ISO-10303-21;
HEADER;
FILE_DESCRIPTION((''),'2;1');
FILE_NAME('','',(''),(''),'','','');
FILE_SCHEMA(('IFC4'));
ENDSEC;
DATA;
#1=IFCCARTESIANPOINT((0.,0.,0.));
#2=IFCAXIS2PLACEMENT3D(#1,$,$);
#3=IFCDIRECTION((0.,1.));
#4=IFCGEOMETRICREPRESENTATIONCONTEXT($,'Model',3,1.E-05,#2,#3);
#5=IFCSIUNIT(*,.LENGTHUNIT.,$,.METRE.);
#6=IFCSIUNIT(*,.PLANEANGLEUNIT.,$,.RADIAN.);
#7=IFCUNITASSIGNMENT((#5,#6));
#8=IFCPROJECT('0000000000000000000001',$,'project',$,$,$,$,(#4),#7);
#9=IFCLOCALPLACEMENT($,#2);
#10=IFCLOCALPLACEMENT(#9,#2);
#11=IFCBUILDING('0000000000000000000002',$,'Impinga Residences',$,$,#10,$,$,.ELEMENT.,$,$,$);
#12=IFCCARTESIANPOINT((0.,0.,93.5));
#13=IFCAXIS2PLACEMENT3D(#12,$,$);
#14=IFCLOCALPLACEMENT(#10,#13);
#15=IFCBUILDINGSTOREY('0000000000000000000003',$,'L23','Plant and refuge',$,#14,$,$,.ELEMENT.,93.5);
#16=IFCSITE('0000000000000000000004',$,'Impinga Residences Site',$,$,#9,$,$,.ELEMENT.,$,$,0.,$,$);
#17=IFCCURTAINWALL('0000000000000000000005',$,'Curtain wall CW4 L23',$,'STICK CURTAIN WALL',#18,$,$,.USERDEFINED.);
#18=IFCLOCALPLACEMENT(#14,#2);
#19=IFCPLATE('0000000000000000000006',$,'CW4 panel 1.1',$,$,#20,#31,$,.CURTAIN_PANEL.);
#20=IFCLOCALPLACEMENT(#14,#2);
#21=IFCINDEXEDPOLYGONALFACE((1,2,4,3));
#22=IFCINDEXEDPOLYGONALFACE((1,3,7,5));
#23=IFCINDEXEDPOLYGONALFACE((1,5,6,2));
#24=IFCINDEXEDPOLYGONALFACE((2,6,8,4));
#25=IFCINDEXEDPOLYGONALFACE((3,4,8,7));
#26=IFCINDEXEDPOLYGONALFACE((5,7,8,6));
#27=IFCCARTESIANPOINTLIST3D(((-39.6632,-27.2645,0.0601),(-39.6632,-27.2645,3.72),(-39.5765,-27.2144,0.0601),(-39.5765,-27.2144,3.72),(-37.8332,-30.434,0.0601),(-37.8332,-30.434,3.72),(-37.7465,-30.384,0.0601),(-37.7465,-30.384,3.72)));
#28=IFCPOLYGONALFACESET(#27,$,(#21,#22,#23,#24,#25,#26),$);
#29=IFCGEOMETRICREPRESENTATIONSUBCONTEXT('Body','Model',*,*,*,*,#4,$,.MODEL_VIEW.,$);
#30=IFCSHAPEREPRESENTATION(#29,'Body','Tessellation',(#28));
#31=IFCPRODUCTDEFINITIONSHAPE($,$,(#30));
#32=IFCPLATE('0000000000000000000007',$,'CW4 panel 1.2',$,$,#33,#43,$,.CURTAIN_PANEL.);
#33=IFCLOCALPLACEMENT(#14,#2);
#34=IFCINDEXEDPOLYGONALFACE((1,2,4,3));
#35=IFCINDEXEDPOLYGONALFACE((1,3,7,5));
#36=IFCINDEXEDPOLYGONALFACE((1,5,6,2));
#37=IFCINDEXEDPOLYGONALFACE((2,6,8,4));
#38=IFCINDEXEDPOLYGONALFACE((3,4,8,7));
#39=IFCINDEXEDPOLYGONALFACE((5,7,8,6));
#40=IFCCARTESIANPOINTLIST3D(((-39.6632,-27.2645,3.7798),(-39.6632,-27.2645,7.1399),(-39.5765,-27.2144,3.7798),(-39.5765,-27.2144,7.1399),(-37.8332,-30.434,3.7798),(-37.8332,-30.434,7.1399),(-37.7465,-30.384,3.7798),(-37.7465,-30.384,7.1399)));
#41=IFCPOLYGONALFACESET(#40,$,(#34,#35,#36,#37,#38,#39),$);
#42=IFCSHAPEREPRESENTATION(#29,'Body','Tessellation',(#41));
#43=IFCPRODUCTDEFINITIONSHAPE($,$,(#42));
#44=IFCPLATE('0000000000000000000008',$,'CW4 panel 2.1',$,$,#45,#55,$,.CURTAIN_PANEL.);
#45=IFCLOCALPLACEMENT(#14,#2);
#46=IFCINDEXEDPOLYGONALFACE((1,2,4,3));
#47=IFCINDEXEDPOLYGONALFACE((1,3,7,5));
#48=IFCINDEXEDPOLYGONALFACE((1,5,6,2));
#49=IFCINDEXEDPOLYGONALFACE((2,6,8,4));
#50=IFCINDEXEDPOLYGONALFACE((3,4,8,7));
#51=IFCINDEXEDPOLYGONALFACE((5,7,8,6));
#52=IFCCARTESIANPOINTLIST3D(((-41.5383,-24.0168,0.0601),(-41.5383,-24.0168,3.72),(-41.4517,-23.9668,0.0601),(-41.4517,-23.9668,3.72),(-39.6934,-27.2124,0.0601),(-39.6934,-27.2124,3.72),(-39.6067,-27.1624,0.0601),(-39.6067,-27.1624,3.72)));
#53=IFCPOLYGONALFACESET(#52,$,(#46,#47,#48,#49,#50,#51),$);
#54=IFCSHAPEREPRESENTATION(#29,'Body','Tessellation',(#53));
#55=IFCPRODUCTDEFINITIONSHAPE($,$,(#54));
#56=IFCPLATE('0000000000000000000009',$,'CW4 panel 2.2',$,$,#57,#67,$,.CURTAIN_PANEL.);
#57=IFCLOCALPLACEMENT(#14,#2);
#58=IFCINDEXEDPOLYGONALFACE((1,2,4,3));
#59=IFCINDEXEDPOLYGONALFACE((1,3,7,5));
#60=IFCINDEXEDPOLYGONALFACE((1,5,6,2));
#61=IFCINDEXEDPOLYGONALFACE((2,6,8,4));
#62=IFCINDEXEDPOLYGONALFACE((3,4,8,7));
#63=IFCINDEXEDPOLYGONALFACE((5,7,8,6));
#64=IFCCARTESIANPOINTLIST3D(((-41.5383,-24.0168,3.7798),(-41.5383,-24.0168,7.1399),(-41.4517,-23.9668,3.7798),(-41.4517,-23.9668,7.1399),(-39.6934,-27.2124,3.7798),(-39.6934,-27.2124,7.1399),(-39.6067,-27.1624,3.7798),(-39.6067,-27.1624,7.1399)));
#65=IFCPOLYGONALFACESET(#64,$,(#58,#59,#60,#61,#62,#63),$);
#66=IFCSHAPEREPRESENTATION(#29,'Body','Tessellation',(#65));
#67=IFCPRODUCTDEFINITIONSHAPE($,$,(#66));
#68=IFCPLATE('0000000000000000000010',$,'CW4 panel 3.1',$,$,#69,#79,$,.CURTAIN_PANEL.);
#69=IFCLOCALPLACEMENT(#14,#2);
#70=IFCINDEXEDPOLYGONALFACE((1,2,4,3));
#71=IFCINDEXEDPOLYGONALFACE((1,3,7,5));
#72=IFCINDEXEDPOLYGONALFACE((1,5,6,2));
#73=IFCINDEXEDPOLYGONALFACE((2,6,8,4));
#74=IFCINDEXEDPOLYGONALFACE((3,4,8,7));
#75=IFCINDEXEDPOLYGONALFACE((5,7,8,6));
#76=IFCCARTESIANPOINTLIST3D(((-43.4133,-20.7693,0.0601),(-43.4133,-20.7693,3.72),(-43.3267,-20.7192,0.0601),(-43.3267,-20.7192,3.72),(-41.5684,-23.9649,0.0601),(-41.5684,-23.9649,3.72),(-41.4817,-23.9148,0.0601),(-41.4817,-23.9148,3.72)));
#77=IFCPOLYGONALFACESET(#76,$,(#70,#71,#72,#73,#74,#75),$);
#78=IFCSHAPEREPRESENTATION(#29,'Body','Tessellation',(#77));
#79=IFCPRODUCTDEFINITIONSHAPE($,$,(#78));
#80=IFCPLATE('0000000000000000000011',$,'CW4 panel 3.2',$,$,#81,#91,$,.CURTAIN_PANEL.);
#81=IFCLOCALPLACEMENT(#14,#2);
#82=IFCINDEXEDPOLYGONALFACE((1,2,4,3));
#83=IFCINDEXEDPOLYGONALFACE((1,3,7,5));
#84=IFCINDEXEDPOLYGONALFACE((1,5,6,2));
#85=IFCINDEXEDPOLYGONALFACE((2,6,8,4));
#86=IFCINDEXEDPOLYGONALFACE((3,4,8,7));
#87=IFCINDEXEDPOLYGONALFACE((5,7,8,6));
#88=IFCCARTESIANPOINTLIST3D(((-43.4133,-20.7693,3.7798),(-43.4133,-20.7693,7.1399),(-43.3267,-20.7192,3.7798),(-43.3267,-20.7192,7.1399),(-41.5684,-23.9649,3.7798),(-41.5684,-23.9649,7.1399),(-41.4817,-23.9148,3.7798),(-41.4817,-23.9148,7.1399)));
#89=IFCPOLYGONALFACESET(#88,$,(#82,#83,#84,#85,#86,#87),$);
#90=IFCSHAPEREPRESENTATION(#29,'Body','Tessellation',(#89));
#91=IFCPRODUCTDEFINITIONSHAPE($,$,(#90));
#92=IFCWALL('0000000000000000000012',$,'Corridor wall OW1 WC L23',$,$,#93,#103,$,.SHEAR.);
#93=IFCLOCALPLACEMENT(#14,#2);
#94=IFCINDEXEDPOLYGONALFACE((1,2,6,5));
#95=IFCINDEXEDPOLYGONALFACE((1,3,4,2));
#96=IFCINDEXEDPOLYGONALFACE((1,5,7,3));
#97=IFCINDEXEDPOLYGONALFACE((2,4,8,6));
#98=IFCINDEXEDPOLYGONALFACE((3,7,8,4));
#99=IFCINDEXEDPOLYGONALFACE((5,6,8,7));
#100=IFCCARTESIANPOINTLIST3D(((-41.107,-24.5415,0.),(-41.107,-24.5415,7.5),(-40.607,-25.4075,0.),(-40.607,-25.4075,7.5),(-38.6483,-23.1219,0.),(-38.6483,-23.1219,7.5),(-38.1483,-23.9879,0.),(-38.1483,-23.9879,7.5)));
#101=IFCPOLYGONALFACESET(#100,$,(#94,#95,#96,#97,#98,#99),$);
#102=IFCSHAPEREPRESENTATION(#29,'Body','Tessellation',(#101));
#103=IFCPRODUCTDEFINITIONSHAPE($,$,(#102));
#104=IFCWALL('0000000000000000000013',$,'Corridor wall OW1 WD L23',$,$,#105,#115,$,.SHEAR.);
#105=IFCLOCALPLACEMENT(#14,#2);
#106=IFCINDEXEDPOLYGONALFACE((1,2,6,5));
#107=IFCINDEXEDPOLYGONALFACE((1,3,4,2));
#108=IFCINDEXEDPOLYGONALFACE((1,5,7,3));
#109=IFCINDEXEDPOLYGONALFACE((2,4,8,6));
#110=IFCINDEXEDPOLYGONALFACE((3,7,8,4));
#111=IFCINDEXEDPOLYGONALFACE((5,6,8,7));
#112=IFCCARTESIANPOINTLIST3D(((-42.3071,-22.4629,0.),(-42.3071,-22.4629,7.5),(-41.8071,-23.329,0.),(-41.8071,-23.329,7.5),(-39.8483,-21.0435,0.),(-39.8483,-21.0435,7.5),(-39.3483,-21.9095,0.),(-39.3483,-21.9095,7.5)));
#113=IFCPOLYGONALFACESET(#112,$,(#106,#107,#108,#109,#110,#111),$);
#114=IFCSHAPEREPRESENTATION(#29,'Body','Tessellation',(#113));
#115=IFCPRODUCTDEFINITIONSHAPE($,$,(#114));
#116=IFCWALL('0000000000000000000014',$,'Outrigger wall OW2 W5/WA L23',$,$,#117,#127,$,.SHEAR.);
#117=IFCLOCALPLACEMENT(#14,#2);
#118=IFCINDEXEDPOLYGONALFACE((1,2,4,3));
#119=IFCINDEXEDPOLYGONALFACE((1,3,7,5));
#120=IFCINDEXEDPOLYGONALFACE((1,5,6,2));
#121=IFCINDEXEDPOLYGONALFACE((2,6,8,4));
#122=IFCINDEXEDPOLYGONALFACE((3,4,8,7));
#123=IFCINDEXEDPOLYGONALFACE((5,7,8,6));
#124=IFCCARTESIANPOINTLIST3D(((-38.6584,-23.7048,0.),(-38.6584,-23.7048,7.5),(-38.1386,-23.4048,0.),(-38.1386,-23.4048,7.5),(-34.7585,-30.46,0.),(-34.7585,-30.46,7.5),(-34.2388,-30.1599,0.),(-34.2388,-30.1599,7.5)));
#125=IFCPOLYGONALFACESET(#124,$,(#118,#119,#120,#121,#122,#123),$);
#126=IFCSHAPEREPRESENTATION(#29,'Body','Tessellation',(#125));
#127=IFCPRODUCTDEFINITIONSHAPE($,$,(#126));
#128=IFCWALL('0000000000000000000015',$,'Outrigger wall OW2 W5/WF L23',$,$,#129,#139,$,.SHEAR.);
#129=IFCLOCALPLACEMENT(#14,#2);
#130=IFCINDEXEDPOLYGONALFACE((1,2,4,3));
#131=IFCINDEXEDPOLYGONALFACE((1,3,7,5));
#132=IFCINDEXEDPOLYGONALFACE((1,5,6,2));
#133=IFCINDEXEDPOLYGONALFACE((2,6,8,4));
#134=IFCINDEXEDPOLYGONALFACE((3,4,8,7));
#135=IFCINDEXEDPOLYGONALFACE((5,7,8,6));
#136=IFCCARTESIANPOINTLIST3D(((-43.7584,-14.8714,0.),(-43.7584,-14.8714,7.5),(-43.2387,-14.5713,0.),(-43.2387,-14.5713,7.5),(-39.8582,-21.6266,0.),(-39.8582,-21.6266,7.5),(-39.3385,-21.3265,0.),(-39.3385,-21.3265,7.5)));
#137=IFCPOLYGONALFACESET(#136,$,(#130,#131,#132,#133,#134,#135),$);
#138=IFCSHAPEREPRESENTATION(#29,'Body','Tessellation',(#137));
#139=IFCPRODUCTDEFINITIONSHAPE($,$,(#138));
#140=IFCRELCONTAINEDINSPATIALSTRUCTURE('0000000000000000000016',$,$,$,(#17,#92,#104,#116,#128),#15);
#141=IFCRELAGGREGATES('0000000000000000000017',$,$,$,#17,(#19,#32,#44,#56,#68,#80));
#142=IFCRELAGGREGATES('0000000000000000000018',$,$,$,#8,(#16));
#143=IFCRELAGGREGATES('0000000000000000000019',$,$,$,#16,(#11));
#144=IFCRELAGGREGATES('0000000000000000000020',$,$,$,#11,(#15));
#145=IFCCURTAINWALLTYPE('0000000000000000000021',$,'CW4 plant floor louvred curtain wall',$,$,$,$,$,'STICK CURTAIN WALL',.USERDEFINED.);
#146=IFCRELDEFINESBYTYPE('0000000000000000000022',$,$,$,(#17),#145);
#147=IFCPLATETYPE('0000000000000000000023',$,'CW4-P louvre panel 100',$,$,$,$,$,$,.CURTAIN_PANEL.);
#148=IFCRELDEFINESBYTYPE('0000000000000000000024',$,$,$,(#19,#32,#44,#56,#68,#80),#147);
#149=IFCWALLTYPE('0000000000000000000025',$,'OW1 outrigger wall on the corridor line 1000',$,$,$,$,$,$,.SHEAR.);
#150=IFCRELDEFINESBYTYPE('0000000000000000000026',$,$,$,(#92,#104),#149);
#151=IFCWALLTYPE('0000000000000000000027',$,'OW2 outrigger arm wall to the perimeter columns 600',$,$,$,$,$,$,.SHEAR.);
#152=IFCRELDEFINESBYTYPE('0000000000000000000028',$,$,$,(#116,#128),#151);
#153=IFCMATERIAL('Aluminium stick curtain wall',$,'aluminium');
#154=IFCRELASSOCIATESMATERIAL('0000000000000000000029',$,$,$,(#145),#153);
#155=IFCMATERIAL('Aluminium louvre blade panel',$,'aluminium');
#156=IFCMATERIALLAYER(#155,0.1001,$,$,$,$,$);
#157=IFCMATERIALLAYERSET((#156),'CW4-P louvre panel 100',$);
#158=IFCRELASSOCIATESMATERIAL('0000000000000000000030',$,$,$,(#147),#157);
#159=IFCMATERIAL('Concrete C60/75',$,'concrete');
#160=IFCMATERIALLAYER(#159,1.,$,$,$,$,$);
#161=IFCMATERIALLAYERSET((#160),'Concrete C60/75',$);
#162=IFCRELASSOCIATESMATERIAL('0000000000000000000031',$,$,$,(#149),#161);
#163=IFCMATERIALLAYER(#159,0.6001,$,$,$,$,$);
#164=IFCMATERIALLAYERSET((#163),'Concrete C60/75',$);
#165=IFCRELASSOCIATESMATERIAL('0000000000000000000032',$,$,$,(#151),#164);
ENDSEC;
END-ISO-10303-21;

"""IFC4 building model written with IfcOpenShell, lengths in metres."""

from ifc_helpers import new_model, si_unit, direction, frame, frame_2d, origin, origin_2d, place, context, subcontext, project, spatial, rectangle, extrude, material, layer, layer_set, type_object, element, aggregate, save


model = new_model("IFC4")

# Units and contexts
model_context = context("Model", 3, precision=1e-05, world=origin(), true_north=direction((0.0, 1.0)))
body_context = subcontext(model_context, "Body", "Model", "MODEL_VIEW")
ifc_project = project(units=[si_unit("LENGTHUNIT", "METRE"), si_unit("PLANEANGLEUNIT", "RADIAN")], contexts=[model_context])

# Site, building, storey
site_placement = place(None, origin())
site = spatial("IfcSite", under=ifc_project, at=site_placement, Name="Impinga Residences Site", CompositionType="ELEMENT", RefElevation=0.0)
building_placement = place(site_placement, origin())
building = spatial("IfcBuilding", under=site, at=building_placement, Name="Impinga Residences", CompositionType="ELEMENT")
storey_placement = place(building_placement, frame((0.0, 0.0, 93.5)))
storey = spatial("IfcBuildingStorey", under=building, at=storey_placement, Name="L23", Description="Plant and refuge", CompositionType="ELEMENT", Elevation=93.5)

# Curtain wall
ifc_material_1 = material(Name="Aluminium stick curtain wall", Category="aluminium")
curtain_wall_type = type_object("IfcCurtainWallType", Name="CW4 plant floor louvred curtain wall", ElementType="STICK CURTAIN WALL", PredefinedType="USERDEFINED", material=ifc_material_1)
curtain_wall_placement = place(storey_placement, origin())
curtain_wall = element("IfcCurtainWall", 1, at=curtain_wall_placement, inside=storey, type_object=curtain_wall_type, Name="Curtain wall CW4 L23", ObjectType="STICK CURTAIN WALL", PredefinedType="USERDEFINED")

# Shared definitions
ifc_material_2 = material(Name="Concrete C60/75", Category="concrete")

# Plates
ifc_material_3 = material(Name="Aluminium louvre blade panel", Category="aluminium")
ifc_layer_1 = layer(ifc_material_3, 0.1001)
ifc_layer_set_1 = layer_set([ifc_layer_1], Name="CW4-P louvre panel 100")
plate_type = type_object("IfcPlateType", Name="CW4-P louvre panel 100", PredefinedType="CURTAIN_PANEL", material=ifc_layer_set_1)
plate_1_placement = place(storey_placement, frame((-38.7048, -28.8242, 0.0601), z_axis=(0.0, 0.0, 1.0), x_axis=(-0.5, 0.866025, 0.0)))
plate_1 = element("IfcPlate", 2, at=plate_1_placement, type_object=plate_type, Name="CW4 panel 1.1", PredefinedType="CURTAIN_PANEL", context=body_context, shape_type="SweptSolid", body=[
    extrude(rectangle(XDim=3.6599, YDim=0.1001, at=origin_2d()), origin(), (0.0, 0.0, 1.0), 3.6599),
])
plate_2_placement = place(storey_placement, frame((-38.7048, -28.8242, 3.7798), z_axis=(0.0, 0.0, 1.0), x_axis=(-0.5, 0.866025, 0.0)))
plate_2 = element("IfcPlate", 3, at=plate_2_placement, type_object=plate_type, Name="CW4 panel 1.2", PredefinedType="CURTAIN_PANEL", context=body_context, shape_type="SweptSolid", body=[
    extrude(rectangle(XDim=3.6599, YDim=0.1001, at=origin_2d()), origin(), (0.0, 0.0, 1.0), 3.3601),
])
plate_3_placement = place(storey_placement, frame((-40.5725, -25.5896, 0.0601), z_axis=(0.0, 0.0, 1.0), x_axis=(-0.5, 0.866025, 0.0)))
plate_3 = element("IfcPlate", 4, at=plate_3_placement, type_object=plate_type, Name="CW4 panel 2.1", PredefinedType="CURTAIN_PANEL", context=body_context, shape_type="SweptSolid", body=[
    extrude(rectangle(XDim=3.6899, YDim=0.1001, at=origin_2d()), origin(), (0.0, 0.0, 1.0), 3.6599),
])
plate_4_placement = place(storey_placement, frame((-40.5725, -25.5896, 3.7798), z_axis=(0.0, 0.0, 1.0), x_axis=(-0.5, 0.866025, 0.0)))
plate_4 = element("IfcPlate", 5, at=plate_4_placement, type_object=plate_type, Name="CW4 panel 2.2", PredefinedType="CURTAIN_PANEL", context=body_context, shape_type="SweptSolid", body=[
    extrude(rectangle(XDim=3.6899, YDim=0.1001, at=origin_2d()), origin(), (0.0, 0.0, 1.0), 3.3601),
])
plate_5_placement = place(storey_placement, frame((-42.4475, -22.342, 0.0601), z_axis=(0.0, 0.0, 1.0), x_axis=(-0.5, 0.866025, 0.0)))
plate_5 = element("IfcPlate", 6, at=plate_5_placement, type_object=plate_type, Name="CW4 panel 3.1", PredefinedType="CURTAIN_PANEL", context=body_context, shape_type="SweptSolid", body=[
    extrude(rectangle(XDim=3.6899, YDim=0.1001, at=origin_2d()), origin(), (0.0, 0.0, 1.0), 3.6599),
])
plate_6_placement = place(storey_placement, frame((-42.4475, -22.342, 3.7798), z_axis=(0.0, 0.0, 1.0), x_axis=(-0.5, 0.866025, 0.0)))
plate_6 = element("IfcPlate", 7, at=plate_6_placement, type_object=plate_type, Name="CW4 panel 3.2", PredefinedType="CURTAIN_PANEL", context=body_context, shape_type="SweptSolid", body=[
    extrude(rectangle(XDim=3.6899, YDim=0.1001, at=origin_2d()), origin(), (0.0, 0.0, 1.0), 3.3601),
])
aggregate(curtain_wall, [plate_1, plate_2, plate_3, plate_4, plate_5, plate_6])

# Walls
ifc_layer_2 = layer(ifc_material_2, 1.0)
ifc_layer_set_2 = layer_set([ifc_layer_2], Name="Concrete C60/75")
wall_type_1 = type_object("IfcWallType", Name="OW1 outrigger wall on the corridor line 1000", PredefinedType="SHEAR", material=ifc_layer_set_2)
for number, where, z_axis, x_axis, name in (
    (8, (-38.3984, -23.5549, 0.0), (0.0, 0.0, 1.0), (-0.866007, -0.500033, 0.0), "Corridor wall OW1 WC L23"),
    (9, (-39.5984, -21.4766, 0.0), (0.0, 0.0, 1.0), (-0.866044, -0.499968, 0.0), "Corridor wall OW1 WD L23"),
):
    element("IfcWall", number, at=place(storey_placement, frame(where, z_axis=z_axis, x_axis=x_axis)), inside=storey, type_object=wall_type_1, Name=name, PredefinedType="SHEAR", context=body_context, shape_type="SweptSolid", body=[
        extrude(rectangle(XDim=2.8391, YDim=1.0, at=frame_2d((1.4194, 0.0))), origin(), (0.0, 0.0, 1.0), 7.5),
    ])
ifc_layer_3 = layer(ifc_material_2, 0.6001)
ifc_layer_set_3 = layer_set([ifc_layer_3], Name="Concrete C60/75")
wall_type_2 = type_object("IfcWallType", Name="OW2 outrigger arm wall to the perimeter columns 600", PredefinedType="SHEAR", material=ifc_layer_set_3)
wall_1_placement = place(storey_placement, frame((-38.3984, -23.5549, 0.0), z_axis=(0.0, 0.0, 1.0), x_axis=(0.499983, -0.866035, 0.0)))
element("IfcWall", 10, at=wall_1_placement, inside=storey, type_object=wall_type_2, Name="Outrigger wall OW2 W5/WA L23", PredefinedType="SHEAR", context=body_context, shape_type="SweptSolid", body=[
    extrude(rectangle(XDim=7.8, YDim=0.6001, at=frame_2d((3.8999, 0.0))), origin(), (0.0, 0.0, 1.0), 7.5),
])
wall_2_placement = place(storey_placement, frame((-39.5984, -21.4766, 0.0), z_axis=(0.0, 0.0, 1.0), x_axis=(-0.500007, 0.866021, 0.0)))
element("IfcWall", 11, at=wall_2_placement, inside=storey, type_object=wall_type_2, Name="Outrigger wall OW2 W5/WF L23", PredefinedType="SHEAR", context=body_context, shape_type="SweptSolid", body=[
    extrude(rectangle(XDim=7.8003, YDim=0.6001, at=frame_2d((3.9001, 0.0))), origin(), (0.0, 0.0, 1.0), 7.5),
])

save(model, "model.ifc")
